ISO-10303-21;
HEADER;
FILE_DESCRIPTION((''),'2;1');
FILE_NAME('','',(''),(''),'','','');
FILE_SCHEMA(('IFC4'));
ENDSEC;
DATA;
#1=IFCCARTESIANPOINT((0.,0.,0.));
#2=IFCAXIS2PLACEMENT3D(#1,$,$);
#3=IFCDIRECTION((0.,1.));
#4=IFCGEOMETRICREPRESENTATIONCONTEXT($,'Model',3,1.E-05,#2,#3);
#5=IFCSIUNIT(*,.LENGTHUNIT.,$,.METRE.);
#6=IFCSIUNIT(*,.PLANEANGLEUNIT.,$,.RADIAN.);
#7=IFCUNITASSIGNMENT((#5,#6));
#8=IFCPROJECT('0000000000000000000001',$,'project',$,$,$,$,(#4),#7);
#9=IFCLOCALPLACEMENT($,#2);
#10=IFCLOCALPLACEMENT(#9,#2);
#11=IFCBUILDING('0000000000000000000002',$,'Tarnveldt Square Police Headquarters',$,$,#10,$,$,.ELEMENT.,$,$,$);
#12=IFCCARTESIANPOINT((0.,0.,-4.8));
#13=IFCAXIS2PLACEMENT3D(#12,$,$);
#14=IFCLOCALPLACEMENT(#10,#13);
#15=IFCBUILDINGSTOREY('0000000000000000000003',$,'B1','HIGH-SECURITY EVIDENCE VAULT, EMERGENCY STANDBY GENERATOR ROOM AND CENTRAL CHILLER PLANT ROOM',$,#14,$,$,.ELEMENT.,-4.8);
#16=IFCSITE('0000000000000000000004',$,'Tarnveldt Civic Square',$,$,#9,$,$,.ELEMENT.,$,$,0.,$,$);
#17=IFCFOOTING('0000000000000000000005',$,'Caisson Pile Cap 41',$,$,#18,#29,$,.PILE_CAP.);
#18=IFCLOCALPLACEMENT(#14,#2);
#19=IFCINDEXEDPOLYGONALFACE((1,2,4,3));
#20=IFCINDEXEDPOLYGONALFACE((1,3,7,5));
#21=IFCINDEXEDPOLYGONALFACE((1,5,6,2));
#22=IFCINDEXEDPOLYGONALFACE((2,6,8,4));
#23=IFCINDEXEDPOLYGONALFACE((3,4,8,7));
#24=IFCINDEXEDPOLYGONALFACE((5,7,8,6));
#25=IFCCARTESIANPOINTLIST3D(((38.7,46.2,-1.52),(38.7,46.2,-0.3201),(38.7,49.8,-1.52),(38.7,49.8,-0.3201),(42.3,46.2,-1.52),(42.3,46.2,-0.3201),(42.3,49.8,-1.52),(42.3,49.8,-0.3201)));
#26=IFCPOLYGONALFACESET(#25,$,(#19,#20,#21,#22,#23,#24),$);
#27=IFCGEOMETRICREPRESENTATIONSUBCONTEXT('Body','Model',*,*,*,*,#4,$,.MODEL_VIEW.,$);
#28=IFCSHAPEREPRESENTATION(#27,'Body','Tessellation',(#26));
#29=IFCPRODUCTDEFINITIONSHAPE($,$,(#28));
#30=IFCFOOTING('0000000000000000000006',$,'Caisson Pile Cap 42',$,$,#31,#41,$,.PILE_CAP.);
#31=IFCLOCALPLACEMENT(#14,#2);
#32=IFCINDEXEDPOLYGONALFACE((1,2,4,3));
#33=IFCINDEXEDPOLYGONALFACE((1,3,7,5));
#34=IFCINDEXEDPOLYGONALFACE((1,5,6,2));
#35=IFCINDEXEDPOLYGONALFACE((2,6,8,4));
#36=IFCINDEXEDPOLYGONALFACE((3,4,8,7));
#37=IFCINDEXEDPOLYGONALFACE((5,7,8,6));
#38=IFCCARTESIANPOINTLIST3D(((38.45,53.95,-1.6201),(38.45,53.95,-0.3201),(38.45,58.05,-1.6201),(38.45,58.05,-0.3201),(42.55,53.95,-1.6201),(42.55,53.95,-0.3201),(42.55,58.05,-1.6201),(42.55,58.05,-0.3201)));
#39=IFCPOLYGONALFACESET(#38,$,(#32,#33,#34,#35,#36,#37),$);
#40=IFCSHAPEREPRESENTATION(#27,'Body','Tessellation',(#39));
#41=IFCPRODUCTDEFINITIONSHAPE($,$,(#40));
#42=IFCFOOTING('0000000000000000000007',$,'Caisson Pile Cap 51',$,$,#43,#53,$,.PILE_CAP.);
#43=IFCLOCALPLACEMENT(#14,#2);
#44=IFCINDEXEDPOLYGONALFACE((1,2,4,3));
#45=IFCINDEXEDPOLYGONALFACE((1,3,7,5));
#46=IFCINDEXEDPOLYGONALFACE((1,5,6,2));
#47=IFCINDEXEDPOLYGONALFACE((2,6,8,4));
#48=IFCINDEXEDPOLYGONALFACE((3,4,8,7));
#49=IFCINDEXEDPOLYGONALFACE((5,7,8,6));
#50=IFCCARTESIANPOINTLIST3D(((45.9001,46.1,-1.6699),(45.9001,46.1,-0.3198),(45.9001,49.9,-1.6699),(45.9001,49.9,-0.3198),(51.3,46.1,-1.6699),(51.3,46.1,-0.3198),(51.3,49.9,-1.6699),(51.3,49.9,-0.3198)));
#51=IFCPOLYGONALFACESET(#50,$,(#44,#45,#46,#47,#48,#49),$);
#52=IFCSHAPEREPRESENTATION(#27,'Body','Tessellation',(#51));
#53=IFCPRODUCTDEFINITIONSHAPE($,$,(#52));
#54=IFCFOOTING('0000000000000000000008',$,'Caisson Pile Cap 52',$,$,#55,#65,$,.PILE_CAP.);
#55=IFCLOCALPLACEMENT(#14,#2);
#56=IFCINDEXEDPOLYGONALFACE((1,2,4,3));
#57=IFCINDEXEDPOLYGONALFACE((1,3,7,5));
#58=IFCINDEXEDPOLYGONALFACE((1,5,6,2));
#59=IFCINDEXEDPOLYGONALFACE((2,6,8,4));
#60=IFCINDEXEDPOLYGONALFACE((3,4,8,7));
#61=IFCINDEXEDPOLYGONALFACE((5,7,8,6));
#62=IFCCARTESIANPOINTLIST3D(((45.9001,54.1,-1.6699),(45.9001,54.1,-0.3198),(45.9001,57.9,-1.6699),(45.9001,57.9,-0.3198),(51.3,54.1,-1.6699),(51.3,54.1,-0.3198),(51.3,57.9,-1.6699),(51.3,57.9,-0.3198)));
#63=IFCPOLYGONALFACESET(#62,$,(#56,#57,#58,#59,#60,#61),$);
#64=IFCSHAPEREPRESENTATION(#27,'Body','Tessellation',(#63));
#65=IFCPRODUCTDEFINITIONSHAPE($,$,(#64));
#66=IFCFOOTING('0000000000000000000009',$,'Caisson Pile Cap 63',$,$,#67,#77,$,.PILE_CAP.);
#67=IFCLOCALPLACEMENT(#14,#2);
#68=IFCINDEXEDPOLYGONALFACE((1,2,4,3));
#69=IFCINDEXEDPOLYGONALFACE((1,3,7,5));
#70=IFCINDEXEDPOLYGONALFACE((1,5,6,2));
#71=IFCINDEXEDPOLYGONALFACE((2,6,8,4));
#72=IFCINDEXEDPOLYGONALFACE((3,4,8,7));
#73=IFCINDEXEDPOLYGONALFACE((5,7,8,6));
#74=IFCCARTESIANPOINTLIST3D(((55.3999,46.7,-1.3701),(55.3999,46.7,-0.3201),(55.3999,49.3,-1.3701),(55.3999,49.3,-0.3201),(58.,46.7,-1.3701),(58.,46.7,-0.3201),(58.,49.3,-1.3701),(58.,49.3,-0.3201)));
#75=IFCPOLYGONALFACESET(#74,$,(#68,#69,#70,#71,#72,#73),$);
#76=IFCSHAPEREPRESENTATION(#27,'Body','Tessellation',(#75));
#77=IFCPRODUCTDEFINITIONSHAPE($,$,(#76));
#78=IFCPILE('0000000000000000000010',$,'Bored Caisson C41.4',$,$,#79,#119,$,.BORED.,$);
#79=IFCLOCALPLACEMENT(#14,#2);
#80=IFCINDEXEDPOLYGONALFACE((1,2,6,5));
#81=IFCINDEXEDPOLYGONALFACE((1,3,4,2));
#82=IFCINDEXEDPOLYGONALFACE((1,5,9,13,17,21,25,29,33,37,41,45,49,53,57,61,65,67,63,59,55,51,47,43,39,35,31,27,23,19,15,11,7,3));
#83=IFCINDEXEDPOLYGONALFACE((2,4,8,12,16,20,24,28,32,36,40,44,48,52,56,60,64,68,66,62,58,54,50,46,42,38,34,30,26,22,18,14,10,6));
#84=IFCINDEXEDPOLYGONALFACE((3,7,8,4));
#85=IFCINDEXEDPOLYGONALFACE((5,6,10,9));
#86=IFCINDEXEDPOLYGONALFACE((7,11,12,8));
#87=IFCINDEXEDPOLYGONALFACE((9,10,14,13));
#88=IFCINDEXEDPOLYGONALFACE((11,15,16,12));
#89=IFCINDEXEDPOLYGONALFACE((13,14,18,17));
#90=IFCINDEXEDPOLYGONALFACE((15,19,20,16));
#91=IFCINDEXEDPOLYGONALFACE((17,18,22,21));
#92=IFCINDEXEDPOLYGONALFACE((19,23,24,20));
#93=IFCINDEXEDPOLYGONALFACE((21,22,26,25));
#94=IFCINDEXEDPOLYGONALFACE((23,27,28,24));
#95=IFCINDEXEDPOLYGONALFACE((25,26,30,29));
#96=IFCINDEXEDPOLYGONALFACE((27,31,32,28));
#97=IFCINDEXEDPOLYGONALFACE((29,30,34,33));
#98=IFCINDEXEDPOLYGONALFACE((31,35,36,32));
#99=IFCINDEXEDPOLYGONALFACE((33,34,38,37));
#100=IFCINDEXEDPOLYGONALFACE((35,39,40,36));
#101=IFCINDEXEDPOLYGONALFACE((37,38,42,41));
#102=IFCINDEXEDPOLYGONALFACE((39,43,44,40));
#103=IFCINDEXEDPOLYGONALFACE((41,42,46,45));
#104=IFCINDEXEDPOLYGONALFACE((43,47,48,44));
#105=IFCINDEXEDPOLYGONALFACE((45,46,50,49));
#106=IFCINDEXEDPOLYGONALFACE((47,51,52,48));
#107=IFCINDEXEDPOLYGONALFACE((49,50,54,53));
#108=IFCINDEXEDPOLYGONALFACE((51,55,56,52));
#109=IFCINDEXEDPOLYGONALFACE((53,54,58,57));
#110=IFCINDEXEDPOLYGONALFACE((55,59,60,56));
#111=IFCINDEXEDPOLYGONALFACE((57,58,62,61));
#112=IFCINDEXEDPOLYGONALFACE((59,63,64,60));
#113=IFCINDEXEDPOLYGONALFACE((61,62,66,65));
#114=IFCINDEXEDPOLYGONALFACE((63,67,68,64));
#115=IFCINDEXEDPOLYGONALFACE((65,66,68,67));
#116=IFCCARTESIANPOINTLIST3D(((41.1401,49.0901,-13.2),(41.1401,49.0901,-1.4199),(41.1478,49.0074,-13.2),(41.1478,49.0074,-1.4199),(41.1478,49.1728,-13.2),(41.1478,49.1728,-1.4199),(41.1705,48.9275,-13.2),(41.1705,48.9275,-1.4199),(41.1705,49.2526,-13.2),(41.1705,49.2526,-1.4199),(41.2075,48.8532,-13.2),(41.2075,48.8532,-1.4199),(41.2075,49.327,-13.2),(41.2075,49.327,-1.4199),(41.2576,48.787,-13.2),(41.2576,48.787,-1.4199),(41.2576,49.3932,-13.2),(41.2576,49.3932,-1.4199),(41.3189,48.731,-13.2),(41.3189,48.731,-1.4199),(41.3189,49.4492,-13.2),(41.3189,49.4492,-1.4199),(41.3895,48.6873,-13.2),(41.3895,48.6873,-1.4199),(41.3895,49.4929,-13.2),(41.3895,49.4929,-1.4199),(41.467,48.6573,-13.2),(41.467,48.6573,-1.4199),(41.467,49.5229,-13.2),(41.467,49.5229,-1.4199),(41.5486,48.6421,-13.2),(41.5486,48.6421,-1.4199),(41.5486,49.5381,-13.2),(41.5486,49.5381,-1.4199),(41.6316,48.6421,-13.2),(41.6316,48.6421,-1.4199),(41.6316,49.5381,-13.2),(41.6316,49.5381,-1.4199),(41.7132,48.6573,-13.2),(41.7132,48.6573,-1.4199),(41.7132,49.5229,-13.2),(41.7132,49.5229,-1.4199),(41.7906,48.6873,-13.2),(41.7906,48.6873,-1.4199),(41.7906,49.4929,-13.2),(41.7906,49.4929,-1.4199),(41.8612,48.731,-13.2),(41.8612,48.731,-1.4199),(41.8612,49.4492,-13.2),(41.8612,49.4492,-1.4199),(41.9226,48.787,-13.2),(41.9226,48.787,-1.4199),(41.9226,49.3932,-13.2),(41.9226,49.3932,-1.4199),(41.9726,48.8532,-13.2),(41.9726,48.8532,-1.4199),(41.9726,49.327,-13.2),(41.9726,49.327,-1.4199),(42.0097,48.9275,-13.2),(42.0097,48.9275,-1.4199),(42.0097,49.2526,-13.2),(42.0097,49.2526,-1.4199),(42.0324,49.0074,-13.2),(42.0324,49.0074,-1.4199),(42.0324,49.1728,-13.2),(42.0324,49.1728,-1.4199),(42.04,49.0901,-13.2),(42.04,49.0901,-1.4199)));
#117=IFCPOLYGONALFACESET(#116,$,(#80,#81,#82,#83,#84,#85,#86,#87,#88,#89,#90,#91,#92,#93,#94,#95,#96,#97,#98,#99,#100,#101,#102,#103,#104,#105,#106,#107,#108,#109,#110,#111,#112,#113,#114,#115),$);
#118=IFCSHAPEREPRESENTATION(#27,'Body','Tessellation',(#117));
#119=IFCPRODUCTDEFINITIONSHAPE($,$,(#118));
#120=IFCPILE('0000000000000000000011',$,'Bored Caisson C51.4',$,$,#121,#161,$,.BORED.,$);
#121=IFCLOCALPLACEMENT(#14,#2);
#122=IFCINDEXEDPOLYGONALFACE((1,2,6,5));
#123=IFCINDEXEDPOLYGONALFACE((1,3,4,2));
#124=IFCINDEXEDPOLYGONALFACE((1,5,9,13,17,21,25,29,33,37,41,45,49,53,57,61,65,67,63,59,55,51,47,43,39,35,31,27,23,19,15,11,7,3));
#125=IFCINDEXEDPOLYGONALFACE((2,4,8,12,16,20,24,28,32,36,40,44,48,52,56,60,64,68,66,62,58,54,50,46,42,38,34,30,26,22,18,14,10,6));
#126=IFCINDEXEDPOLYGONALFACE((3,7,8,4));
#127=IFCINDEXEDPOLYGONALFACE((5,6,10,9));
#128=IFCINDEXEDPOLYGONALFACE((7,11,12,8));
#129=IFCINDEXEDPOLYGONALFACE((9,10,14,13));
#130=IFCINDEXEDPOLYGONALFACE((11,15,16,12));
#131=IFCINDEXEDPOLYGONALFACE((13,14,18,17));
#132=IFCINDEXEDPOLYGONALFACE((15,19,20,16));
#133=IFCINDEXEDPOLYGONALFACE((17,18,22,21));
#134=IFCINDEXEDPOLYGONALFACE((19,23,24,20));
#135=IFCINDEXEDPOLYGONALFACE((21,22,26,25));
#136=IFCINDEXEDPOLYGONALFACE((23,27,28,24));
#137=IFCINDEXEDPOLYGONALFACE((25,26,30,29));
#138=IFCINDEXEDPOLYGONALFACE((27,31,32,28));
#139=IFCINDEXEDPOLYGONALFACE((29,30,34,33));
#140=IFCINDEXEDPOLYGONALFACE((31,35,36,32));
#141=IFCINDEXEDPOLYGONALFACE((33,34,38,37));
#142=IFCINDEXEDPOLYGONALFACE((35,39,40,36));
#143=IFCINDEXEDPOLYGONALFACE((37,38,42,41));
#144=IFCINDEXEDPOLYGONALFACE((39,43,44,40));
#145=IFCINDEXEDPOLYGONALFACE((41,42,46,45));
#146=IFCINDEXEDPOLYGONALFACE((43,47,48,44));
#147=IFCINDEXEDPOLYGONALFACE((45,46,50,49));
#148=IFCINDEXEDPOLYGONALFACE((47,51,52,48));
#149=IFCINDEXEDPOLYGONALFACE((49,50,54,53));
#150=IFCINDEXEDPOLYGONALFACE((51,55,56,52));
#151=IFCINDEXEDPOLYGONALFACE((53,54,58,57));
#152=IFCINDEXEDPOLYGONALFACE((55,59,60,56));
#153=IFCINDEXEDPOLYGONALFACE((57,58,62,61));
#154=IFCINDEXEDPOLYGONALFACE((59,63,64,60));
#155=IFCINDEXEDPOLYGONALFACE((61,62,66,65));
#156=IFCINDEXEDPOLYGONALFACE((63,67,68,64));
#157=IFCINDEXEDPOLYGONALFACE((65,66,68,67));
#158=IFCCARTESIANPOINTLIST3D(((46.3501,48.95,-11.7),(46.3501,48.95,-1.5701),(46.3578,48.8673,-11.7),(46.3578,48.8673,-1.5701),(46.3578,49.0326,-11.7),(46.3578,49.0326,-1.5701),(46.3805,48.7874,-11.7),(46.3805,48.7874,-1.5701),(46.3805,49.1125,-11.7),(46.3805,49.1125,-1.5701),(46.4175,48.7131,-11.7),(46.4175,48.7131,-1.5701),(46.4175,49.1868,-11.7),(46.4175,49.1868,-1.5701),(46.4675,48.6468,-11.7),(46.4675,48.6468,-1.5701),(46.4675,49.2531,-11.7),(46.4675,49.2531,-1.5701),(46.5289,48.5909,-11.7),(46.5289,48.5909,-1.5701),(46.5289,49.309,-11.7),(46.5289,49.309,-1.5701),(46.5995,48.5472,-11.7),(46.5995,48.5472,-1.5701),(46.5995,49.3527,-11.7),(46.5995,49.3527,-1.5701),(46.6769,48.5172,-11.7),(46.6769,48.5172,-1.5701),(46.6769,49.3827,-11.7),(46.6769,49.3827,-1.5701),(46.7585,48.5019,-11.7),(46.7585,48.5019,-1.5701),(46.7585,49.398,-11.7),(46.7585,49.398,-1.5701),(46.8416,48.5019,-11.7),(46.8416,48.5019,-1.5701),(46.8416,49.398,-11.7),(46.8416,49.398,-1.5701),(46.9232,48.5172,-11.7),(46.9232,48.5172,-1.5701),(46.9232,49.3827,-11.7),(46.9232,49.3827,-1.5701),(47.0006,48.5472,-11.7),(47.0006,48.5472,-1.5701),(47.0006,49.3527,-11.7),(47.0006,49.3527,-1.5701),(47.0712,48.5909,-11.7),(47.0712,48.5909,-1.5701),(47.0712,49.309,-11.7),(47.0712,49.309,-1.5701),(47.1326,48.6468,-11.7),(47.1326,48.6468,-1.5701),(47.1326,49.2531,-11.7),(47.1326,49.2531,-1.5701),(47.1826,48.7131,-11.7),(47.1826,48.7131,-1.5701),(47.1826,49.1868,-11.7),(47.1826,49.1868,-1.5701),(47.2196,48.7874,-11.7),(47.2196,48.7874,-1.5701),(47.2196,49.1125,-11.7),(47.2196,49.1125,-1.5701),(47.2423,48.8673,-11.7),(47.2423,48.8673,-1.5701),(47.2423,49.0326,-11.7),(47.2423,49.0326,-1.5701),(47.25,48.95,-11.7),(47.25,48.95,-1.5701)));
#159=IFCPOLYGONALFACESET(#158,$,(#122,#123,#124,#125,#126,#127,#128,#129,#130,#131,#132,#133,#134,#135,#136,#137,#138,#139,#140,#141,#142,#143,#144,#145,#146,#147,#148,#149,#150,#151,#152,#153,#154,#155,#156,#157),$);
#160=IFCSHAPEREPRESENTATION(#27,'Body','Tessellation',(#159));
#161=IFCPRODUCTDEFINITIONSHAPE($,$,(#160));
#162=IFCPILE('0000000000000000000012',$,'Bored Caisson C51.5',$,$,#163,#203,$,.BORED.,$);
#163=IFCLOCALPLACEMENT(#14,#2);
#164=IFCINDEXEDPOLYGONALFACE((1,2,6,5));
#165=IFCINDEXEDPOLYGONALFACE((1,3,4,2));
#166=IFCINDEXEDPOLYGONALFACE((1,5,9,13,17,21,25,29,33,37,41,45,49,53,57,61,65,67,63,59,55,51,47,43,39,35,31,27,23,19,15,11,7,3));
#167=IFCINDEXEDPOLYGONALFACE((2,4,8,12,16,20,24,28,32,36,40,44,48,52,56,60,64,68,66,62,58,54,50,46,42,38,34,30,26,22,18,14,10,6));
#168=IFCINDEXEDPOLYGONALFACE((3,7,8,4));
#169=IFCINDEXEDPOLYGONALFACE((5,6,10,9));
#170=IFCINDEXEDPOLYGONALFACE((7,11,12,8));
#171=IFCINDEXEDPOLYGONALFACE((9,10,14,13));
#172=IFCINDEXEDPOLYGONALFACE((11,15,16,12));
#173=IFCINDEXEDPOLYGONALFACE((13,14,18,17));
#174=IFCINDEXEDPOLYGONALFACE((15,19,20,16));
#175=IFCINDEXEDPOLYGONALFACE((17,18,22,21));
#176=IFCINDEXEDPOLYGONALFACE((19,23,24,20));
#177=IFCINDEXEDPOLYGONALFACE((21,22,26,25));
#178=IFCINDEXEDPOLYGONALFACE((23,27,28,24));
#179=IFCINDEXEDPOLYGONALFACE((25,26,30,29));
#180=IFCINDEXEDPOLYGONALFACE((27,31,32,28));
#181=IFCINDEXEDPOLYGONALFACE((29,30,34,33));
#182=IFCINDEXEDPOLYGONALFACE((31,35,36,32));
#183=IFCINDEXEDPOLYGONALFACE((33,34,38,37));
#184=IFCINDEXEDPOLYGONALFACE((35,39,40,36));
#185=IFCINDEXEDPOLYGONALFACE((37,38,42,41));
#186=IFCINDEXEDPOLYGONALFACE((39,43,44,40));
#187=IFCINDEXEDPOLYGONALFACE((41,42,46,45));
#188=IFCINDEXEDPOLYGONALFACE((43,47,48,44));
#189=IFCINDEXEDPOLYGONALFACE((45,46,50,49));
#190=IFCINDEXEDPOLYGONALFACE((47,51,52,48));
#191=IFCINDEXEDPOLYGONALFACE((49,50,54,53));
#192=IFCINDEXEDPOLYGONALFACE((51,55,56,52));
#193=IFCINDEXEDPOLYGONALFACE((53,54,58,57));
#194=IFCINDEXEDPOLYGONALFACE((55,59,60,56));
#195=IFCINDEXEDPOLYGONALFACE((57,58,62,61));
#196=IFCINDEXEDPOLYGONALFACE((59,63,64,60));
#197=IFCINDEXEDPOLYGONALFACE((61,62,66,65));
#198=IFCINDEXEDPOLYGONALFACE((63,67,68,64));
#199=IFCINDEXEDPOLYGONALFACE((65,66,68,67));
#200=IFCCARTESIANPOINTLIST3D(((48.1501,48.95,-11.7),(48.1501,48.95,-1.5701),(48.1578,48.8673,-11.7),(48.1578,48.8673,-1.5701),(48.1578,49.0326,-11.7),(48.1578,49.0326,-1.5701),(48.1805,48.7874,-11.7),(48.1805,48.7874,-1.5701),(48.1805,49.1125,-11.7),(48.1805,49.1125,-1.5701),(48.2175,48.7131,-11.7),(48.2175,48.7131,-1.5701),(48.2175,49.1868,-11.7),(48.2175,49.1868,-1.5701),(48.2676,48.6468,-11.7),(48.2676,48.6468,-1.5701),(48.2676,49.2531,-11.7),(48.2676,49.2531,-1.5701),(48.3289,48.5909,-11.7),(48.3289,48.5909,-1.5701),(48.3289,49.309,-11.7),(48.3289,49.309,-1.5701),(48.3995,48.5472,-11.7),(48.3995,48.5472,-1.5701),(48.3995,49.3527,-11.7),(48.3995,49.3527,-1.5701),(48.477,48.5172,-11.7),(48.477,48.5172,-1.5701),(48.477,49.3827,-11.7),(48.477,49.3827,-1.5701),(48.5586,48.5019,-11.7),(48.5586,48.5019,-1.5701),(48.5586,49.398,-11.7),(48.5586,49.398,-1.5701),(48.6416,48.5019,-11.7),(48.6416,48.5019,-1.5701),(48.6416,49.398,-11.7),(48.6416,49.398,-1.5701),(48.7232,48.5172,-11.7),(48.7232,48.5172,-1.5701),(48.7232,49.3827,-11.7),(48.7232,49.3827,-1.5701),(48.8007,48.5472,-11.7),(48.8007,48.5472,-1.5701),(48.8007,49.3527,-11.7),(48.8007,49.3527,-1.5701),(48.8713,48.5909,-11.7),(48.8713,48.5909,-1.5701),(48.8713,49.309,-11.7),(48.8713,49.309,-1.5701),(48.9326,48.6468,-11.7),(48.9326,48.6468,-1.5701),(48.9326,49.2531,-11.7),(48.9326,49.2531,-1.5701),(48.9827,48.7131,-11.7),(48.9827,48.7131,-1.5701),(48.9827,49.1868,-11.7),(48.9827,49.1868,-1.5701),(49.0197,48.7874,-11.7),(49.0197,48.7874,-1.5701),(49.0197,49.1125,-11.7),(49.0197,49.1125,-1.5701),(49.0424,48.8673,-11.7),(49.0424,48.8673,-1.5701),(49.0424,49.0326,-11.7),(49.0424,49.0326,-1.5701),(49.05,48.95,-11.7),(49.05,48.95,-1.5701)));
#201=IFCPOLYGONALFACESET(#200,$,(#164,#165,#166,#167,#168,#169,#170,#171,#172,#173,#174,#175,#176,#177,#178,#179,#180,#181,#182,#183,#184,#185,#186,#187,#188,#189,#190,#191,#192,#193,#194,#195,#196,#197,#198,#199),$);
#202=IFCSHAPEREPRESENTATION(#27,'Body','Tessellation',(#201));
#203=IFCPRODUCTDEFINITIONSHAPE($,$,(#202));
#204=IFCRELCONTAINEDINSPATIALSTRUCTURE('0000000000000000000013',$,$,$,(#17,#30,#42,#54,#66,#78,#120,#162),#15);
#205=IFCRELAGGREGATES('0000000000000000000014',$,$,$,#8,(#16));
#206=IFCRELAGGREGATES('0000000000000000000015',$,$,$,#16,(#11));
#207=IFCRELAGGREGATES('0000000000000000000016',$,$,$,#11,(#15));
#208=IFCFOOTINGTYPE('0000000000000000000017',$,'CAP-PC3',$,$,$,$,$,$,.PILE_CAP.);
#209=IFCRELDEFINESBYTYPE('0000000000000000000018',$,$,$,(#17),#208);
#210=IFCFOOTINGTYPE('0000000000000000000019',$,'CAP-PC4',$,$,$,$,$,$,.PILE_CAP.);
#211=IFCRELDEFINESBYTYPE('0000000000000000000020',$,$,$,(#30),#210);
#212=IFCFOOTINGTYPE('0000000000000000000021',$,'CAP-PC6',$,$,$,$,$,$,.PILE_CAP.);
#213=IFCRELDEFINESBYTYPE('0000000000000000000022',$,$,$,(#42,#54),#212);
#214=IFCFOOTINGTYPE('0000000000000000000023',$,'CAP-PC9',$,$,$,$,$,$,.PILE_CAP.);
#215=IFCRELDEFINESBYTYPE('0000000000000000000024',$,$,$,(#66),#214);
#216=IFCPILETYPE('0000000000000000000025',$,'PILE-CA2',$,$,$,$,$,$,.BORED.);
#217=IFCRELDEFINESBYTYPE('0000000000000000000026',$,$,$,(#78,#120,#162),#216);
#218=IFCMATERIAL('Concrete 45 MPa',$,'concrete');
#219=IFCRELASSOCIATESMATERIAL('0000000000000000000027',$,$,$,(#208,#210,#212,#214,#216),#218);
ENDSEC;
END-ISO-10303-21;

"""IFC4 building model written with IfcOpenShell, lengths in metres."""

from ifc_helpers import new_model, si_unit, direction, frame, origin, origin_2d, place, context, subcontext, project, spatial, rectangle, circle, extrude, material, material_profile, profile_set, type_object, element, save


model = new_model("IFC4")

# Units and contexts
model_context = context("Model", 3, precision=1e-05, world=origin(), true_north=direction((0.0, 1.0)))
body_context = subcontext(model_context, "Body", "Model", "MODEL_VIEW")
ifc_project = project(units=[si_unit("LENGTHUNIT", "METRE"), si_unit("PLANEANGLEUNIT", "RADIAN")], contexts=[model_context])

# Site, building, storey
site_placement = place(None, origin())
site = spatial("IfcSite", under=ifc_project, at=site_placement, Name="Tarnveldt Civic Square", CompositionType="ELEMENT", RefElevation=0.0)
building_placement = place(site_placement, origin())
building = spatial("IfcBuilding", under=site, at=building_placement, Name="Tarnveldt Square Police Headquarters", CompositionType="ELEMENT")
storey_placement = place(building_placement, frame((0.0, 0.0, -4.8)))
storey = spatial("IfcBuildingStorey", under=building, at=storey_placement, Name="B1", Description="HIGH-SECURITY EVIDENCE VAULT, EMERGENCY STANDBY GENERATOR ROOM AND CENTRAL CHILLER PLANT ROOM", CompositionType="ELEMENT", Elevation=-4.8)

# Footings
ifc_material_1 = material(Name="Concrete 45 MPa", Category="concrete")
footing_type_1 = type_object("IfcFootingType", Name="CAP-PC3", PredefinedType="PILE_CAP", material=ifc_material_1)
footing_1_placement = place(storey_placement, frame((40.5, 48.0, -1.52), z_axis=(0.0, 0.0, 1.0), x_axis=(1.0, 0.0, 0.0)))
element("IfcFooting", 1, at=footing_1_placement, inside=storey, type_object=footing_type_1, Name="Caisson Pile Cap 41", PredefinedType="PILE_CAP", context=body_context, shape_type="SweptSolid", body=[
    extrude(rectangle(XDim=3.6001, YDim=3.6001, at=origin_2d()), origin(), (0.0, 0.0, 1.0), 1.2),
])
footing_type_2 = type_object("IfcFootingType", Name="CAP-PC4", PredefinedType="PILE_CAP", material=ifc_material_1)
footing_2_placement = place(storey_placement, frame((40.5, 56.0, -1.6201), z_axis=(0.0, 0.0, 1.0), x_axis=(1.0, 0.0, 0.0)))
element("IfcFooting", 2, at=footing_2_placement, inside=storey, type_object=footing_type_2, Name="Caisson Pile Cap 42", PredefinedType="PILE_CAP", context=body_context, shape_type="SweptSolid", body=[
    extrude(rectangle(XDim=4.1001, YDim=4.1001, at=origin_2d()), origin(), (0.0, 0.0, 1.0), 1.3),
])
footing_type_3 = type_object("IfcFootingType", Name="CAP-PC6", PredefinedType="PILE_CAP", material=ifc_material_1)
for number, where, z_axis, x_axis, name in (
    (3, (48.6001, 48.0, -1.6699), (0.0, 0.0, 1.0), (1.0, 0.0, 0.0), "Caisson Pile Cap 51"),
    (4, (48.6001, 56.0, -1.6699), (0.0, 0.0, 1.0), (1.0, 0.0, 0.0), "Caisson Pile Cap 52"),
):
    element("IfcFooting", number, at=place(storey_placement, frame(where, z_axis=z_axis, x_axis=x_axis)), inside=storey, type_object=footing_type_3, Name=name, PredefinedType="PILE_CAP", context=body_context, shape_type="SweptSolid", body=[
        extrude(rectangle(XDim=5.3999, YDim=3.8, at=origin_2d()), origin(), (0.0, 0.0, 1.0), 1.3501),
    ])
footing_type_4 = type_object("IfcFootingType", Name="CAP-PC9", PredefinedType="PILE_CAP", material=ifc_material_1)
footing_3_placement = place(storey_placement, frame((56.7, 48.0, -1.3701), z_axis=(0.0, 0.0, 1.0), x_axis=(1.0, 0.0, 0.0)))
element("IfcFooting", 5, at=footing_3_placement, inside=storey, type_object=footing_type_4, Name="Caisson Pile Cap 63", PredefinedType="PILE_CAP", context=body_context, shape_type="SweptSolid", body=[
    extrude(rectangle(XDim=2.6001, YDim=2.6001, at=origin_2d()), origin(), (0.0, 0.0, 1.0), 1.05),
])

# Piles
ifc_material_profile_1 = material_profile(ifc_material_1, circle(Radius=0.45, at=origin_2d()), Name="CAISSON-D900")
ifc_profile_set_1 = profile_set([ifc_material_profile_1], Name="Concrete 45 MPa")
pile_type_1 = type_object("IfcPileType", Name="PILE-CA2", PredefinedType="BORED", material=ifc_profile_set_1)
pile_1_placement = place(storey_placement, frame((41.5901, 49.0901, -1.4199), z_axis=(0.0, 0.0, -1.0), x_axis=(1.0, 0.0, 0.0)))
element("IfcPile", 6, at=pile_1_placement, inside=storey, type_object=pile_type_1, Name="Bored Caisson C41.4", PredefinedType="BORED", context=body_context, shape_type="SweptSolid", body=[
    extrude(circle(Radius=0.45, at=origin_2d()), origin(), (0.0, 0.0, 1.0), 11.78),
])
for number, where, z_axis, x_axis, name in (
    (7, (46.8, 48.95, -1.5701), (0.0, 0.0, -1.0), (1.0, 0.0, 0.0), "Bored Caisson C51.4"),
    (8, (48.6001, 48.95, -1.5701), (0.0, 0.0, -1.0), (1.0, 0.0, 0.0), "Bored Caisson C51.5"),
):
    element("IfcPile", number, at=place(storey_placement, frame(where, z_axis=z_axis, x_axis=x_axis)), inside=storey, type_object=pile_type_1, Name=name, PredefinedType="BORED", context=body_context, shape_type="SweptSolid", body=[
        extrude(circle(Radius=0.45, at=origin_2d()), origin(), (0.0, 0.0, 1.0), 10.1299),
    ])

save(model, "model.ifc")
